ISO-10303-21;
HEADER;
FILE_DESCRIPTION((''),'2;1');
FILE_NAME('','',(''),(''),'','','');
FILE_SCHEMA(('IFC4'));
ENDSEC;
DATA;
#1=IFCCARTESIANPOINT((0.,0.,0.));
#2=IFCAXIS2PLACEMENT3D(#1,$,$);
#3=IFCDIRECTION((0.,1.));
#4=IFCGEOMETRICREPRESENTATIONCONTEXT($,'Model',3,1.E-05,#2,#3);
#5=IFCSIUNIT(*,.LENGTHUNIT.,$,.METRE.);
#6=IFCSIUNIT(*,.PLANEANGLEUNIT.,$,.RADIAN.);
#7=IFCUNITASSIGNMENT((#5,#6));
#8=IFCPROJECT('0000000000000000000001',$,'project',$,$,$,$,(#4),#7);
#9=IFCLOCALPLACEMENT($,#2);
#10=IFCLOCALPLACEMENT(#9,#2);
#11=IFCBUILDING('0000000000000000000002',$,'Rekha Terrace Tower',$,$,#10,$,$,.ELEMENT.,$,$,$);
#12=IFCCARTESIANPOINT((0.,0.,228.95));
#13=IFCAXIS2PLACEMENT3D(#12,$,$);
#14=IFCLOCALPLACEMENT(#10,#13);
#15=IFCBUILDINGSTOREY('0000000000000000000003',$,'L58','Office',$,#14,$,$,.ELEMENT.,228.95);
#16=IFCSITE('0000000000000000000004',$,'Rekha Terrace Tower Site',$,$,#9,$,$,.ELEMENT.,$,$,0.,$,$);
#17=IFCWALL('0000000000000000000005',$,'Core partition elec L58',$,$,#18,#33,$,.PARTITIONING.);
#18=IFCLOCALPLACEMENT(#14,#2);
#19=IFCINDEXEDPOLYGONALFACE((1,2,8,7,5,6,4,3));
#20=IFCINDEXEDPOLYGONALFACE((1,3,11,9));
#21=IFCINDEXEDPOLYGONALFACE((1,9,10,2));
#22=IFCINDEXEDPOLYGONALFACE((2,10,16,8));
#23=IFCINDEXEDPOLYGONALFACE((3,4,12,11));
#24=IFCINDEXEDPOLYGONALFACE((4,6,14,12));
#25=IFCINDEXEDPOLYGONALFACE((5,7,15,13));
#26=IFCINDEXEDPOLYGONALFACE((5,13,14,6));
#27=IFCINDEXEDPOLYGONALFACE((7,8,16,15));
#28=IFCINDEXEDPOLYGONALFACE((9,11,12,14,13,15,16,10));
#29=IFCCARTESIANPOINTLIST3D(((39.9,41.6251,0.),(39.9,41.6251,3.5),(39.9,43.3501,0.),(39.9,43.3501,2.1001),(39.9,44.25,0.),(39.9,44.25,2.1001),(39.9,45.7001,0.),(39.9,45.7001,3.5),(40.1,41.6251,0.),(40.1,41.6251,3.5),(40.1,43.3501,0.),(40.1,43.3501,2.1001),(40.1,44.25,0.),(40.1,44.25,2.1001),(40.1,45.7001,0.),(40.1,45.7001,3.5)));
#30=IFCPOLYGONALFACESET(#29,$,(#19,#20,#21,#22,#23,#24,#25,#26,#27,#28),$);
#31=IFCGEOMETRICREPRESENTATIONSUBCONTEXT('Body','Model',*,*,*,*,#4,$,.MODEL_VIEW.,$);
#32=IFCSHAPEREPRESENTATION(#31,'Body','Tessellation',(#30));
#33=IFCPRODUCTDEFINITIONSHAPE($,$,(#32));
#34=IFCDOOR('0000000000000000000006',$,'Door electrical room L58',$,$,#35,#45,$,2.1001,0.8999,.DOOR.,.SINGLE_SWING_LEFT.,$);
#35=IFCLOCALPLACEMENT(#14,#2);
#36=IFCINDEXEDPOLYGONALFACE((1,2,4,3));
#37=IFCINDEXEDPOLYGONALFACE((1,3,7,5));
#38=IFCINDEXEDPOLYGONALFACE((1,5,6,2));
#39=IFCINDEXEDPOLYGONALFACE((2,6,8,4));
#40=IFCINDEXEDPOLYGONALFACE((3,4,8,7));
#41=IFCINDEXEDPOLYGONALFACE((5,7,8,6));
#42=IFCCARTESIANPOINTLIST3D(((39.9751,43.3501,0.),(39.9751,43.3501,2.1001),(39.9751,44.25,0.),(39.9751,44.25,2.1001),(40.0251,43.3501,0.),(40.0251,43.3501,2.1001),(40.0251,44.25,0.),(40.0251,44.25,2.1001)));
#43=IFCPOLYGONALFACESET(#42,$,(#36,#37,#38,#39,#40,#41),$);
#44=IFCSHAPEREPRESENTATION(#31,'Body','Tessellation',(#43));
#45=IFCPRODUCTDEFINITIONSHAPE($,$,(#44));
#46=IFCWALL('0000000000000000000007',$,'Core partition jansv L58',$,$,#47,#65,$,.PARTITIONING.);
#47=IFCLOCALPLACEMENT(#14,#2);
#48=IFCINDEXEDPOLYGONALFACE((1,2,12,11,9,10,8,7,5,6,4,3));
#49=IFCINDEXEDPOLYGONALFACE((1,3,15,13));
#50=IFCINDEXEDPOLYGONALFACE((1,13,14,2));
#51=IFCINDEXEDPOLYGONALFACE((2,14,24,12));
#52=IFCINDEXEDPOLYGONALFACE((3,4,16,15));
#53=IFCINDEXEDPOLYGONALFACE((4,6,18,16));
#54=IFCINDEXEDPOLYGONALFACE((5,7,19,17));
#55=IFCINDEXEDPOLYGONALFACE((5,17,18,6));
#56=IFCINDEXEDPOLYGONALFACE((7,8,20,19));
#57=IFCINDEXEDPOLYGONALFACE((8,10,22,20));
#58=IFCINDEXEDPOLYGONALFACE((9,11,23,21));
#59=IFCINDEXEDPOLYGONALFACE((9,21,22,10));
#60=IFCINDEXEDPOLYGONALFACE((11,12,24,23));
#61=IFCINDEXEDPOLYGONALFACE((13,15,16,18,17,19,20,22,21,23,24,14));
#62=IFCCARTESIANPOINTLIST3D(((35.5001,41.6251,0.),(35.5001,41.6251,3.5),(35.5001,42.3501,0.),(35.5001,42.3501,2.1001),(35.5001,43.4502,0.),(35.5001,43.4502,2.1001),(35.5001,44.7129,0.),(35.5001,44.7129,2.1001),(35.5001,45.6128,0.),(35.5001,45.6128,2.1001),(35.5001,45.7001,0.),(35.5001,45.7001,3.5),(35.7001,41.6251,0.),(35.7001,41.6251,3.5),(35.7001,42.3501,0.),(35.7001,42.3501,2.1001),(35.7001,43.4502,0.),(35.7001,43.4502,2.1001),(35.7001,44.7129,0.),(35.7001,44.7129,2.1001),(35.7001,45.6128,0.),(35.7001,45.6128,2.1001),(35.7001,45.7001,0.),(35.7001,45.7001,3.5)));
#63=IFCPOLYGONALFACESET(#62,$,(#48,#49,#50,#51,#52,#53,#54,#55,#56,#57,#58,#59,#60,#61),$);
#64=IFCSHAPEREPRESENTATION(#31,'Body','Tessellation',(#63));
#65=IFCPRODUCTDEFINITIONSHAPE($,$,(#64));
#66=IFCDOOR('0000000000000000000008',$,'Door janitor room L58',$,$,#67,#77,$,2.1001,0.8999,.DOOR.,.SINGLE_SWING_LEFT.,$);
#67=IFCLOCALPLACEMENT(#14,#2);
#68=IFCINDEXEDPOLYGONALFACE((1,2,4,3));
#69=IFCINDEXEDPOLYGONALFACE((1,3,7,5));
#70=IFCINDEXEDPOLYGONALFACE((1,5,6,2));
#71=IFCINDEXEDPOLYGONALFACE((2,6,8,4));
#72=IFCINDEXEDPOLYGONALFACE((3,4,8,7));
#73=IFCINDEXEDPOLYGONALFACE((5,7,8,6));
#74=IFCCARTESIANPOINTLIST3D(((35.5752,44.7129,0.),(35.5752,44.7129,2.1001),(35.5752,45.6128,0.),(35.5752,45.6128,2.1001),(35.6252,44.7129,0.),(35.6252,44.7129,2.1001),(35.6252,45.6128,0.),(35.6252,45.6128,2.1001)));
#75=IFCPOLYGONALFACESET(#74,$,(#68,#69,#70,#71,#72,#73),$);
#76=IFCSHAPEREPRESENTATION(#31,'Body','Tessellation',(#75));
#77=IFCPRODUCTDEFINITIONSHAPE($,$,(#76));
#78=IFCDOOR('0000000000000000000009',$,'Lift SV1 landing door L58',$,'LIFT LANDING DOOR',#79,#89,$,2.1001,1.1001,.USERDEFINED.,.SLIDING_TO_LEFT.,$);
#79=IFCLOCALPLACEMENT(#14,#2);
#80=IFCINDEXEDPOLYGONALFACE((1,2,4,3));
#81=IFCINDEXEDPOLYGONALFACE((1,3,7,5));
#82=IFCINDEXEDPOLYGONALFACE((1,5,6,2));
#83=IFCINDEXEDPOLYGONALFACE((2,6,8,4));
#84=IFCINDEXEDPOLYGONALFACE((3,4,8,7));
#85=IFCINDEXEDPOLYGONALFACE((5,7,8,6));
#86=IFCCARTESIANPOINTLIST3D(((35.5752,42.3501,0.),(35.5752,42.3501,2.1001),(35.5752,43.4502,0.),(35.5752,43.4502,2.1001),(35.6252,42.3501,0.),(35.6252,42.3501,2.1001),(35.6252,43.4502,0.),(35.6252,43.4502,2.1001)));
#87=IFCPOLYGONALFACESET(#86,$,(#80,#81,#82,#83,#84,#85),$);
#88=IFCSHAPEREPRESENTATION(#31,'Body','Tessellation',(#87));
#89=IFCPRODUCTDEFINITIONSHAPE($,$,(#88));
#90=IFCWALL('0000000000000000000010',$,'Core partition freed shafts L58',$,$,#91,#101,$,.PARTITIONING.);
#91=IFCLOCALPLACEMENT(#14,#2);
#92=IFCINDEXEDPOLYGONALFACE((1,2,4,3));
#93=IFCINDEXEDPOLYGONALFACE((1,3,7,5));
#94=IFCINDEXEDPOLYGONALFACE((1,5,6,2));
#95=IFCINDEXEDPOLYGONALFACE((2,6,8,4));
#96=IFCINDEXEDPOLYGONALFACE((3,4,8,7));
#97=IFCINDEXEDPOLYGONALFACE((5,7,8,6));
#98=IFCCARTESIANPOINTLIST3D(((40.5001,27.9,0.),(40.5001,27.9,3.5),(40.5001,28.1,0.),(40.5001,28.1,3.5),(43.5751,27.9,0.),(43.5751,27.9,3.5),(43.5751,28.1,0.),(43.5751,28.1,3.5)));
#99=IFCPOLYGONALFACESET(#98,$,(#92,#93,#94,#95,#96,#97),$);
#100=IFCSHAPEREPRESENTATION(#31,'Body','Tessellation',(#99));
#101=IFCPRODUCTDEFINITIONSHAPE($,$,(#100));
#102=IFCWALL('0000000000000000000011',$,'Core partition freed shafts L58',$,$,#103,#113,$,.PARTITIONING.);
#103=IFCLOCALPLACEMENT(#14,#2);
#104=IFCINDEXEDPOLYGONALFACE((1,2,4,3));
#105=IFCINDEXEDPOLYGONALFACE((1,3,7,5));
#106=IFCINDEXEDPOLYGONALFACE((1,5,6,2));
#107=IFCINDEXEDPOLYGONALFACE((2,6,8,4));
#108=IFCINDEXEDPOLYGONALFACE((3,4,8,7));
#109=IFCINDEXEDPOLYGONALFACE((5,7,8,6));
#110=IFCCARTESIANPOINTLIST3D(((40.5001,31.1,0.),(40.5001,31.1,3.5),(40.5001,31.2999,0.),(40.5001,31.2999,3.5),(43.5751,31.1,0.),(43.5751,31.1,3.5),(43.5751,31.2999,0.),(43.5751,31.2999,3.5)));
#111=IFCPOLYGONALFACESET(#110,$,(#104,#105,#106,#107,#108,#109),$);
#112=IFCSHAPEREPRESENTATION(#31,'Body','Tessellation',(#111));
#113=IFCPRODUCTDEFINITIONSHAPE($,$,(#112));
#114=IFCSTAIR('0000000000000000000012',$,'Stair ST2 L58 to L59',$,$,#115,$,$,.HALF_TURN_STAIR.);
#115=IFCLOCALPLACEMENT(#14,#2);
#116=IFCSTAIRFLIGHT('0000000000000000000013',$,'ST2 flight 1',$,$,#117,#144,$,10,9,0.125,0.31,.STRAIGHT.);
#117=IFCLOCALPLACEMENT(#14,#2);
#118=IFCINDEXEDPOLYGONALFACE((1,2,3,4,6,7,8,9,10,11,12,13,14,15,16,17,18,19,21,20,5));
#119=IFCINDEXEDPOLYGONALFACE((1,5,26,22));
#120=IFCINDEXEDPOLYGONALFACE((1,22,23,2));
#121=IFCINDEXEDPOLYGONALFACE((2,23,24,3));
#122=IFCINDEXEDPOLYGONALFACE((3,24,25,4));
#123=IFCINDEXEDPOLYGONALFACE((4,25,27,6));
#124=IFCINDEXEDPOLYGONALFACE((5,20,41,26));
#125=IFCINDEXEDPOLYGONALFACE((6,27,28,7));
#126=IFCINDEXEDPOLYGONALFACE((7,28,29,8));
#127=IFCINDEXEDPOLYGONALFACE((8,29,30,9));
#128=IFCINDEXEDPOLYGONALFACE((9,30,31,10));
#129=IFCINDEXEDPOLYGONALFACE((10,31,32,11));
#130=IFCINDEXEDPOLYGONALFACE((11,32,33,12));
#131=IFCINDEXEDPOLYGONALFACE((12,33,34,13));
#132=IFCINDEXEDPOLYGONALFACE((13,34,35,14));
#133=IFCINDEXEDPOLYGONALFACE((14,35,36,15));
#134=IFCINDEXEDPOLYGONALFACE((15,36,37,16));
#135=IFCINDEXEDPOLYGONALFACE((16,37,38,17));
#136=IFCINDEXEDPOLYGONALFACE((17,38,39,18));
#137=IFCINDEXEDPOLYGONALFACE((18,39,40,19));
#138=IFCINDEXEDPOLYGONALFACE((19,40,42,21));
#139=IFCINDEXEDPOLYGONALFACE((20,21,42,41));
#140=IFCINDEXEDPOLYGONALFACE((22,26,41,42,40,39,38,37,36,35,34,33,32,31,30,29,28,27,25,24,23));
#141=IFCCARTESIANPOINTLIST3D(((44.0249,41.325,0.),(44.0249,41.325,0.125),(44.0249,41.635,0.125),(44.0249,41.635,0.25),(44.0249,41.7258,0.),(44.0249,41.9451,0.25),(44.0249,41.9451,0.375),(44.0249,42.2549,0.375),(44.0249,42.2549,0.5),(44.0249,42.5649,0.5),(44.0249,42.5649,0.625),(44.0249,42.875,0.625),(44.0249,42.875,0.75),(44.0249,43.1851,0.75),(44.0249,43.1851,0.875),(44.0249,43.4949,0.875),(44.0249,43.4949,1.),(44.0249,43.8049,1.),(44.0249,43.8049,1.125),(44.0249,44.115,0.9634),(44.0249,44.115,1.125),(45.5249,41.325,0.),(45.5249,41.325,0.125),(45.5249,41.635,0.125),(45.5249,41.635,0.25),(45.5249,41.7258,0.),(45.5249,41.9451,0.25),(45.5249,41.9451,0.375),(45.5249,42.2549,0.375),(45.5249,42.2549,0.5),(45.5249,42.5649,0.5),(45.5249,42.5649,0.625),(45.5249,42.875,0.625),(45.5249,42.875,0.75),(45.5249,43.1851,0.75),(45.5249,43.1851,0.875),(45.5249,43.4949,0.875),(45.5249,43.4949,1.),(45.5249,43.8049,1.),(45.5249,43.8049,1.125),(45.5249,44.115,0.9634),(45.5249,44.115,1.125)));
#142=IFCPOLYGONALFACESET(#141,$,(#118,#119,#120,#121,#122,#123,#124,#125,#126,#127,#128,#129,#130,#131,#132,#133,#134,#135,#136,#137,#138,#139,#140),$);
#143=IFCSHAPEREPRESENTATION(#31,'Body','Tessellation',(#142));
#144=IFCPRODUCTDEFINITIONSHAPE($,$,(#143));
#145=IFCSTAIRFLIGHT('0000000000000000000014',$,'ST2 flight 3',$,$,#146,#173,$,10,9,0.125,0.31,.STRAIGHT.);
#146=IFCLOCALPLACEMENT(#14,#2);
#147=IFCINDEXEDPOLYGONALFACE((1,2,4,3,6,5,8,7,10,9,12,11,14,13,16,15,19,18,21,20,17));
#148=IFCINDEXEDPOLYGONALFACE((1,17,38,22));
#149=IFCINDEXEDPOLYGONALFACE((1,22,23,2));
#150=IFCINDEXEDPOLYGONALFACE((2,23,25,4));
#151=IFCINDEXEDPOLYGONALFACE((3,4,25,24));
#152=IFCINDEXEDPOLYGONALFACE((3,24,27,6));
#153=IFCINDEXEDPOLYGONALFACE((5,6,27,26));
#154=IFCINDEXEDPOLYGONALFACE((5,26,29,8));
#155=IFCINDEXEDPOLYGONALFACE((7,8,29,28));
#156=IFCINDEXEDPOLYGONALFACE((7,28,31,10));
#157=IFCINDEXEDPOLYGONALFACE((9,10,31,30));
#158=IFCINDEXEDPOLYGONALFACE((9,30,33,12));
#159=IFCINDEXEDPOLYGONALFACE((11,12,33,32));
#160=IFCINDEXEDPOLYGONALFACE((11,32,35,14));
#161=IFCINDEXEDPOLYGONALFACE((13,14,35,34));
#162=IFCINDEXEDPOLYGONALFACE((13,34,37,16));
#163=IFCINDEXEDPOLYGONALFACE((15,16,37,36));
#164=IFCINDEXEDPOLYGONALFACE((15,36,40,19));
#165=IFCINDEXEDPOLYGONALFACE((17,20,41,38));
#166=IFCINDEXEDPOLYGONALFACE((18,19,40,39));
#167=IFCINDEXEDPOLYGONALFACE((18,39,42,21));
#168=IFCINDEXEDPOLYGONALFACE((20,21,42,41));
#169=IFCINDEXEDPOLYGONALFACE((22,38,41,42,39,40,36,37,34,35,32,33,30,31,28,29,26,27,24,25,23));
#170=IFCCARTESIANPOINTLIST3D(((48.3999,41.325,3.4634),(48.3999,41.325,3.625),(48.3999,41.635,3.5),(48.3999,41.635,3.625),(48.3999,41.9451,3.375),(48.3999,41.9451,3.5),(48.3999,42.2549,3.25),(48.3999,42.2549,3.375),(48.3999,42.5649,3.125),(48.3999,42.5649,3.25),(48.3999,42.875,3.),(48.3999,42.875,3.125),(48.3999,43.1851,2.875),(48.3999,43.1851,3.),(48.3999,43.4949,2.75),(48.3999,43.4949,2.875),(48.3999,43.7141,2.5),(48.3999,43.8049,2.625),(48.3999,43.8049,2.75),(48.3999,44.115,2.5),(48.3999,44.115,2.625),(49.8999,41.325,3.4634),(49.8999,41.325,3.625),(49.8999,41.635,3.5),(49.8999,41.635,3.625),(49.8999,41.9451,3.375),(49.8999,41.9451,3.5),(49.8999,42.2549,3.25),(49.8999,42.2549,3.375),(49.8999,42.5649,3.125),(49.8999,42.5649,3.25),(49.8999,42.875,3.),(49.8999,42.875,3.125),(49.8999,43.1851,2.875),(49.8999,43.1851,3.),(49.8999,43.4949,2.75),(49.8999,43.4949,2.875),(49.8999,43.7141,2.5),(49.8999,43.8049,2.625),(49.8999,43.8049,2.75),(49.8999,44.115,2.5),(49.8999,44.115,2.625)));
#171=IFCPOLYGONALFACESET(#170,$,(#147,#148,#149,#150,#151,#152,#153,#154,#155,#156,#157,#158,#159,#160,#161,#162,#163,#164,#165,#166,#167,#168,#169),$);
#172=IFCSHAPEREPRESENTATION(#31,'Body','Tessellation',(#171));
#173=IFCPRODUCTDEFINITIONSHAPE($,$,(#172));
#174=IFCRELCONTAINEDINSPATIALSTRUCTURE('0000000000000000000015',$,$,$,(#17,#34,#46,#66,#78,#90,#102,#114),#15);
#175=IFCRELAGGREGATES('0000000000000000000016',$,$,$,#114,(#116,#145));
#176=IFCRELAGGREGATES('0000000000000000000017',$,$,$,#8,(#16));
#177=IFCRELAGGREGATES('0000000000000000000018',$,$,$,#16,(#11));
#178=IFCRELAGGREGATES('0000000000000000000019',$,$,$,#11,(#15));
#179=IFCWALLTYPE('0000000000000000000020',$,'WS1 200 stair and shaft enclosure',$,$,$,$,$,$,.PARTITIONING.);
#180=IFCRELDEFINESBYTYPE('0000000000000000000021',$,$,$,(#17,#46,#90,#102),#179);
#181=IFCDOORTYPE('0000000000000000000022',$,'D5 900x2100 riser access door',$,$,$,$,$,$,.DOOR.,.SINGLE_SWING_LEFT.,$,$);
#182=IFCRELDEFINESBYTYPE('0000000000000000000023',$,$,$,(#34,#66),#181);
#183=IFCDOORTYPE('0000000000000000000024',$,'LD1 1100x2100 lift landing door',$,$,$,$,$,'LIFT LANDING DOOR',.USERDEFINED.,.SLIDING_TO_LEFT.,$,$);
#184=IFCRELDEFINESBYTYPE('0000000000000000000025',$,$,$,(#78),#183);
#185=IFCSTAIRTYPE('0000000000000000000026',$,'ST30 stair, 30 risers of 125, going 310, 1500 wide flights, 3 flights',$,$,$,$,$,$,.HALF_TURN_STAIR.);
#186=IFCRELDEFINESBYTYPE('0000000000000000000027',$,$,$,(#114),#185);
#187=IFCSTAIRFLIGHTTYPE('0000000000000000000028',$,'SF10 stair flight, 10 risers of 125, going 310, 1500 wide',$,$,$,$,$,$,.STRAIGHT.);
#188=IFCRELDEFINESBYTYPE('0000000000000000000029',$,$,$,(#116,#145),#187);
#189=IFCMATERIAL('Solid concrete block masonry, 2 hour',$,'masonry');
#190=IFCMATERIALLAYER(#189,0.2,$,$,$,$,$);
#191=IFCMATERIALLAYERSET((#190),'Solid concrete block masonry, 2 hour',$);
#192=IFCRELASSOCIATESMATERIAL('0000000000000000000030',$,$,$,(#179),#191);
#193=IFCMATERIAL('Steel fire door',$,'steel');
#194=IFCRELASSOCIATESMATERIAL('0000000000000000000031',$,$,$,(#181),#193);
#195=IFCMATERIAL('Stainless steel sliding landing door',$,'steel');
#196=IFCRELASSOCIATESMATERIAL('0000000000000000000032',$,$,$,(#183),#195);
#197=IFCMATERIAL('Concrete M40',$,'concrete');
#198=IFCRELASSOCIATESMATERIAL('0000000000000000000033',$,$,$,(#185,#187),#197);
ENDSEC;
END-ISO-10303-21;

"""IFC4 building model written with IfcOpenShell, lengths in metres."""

from ifc_helpers import new_model, si_unit, direction, frame, frame_2d, origin, place, context, subcontext, project, spatial, polyline, rectangle, outline, extrude, material, layer, layer_set, type_object, element, fill, aggregate, save


model = new_model("IFC4")

# Units and contexts
model_context = context("Model", 3, precision=1e-05, world=origin(), true_north=direction((0.0, 1.0)))
body_context = subcontext(model_context, "Body", "Model", "MODEL_VIEW")
ifc_project = project(units=[si_unit("LENGTHUNIT", "METRE"), si_unit("PLANEANGLEUNIT", "RADIAN")], contexts=[model_context])

# Site, building, storey
site_placement = place(None, origin())
site = spatial("IfcSite", under=ifc_project, at=site_placement, Name="Rekha Terrace Tower Site", CompositionType="ELEMENT", RefElevation=0.0)
building_placement = place(site_placement, origin())
building = spatial("IfcBuilding", under=site, at=building_placement, Name="Rekha Terrace Tower", CompositionType="ELEMENT")
storey_placement = place(building_placement, frame((0.0, 0.0, 228.95)))
storey = spatial("IfcBuildingStorey", under=building, at=storey_placement, Name="L58", Description="Office", CompositionType="ELEMENT", Elevation=228.95)

# Shared definitions
ifc_material_1 = material(Name="Stainless steel sliding landing door", Category="steel")
ifc_material_2 = material(Name="Steel fire door", Category="steel")

# Shared definitions
ifc_material_3 = material(Name="Solid concrete block masonry, 2 hour", Category="masonry")
ifc_layer_1 = layer(ifc_material_3, 0.2)
ifc_layer_set_1 = layer_set([ifc_layer_1], Name="Solid concrete block masonry, 2 hour")
wall_type_1 = type_object("IfcWallType", Name="WS1 200 stair and shaft enclosure", PredefinedType="PARTITIONING", material=ifc_layer_set_1)

# Wall, opening, door
wall_1_placement = place(storey_placement, frame((40.0, 41.625, 0.0), z_axis=(0.0, 0.0, 1.0), x_axis=(0.0, 1.0, 0.0)))
wall_1 = element("IfcWall", 1, at=wall_1_placement, inside=storey, type_object=wall_type_1, Name="Core partition elec L58", PredefinedType="PARTITIONING", context=body_context, shape_type="SweptSolid", body=[
    extrude(rectangle(XDim=4.075, YDim=0.2, at=frame_2d((2.0376, 0.0))), origin(), (0.0, 0.0, 1.0), 3.5),
])
opening_1_placement = place(wall_1_placement, frame((1.7251, 0.0, 0.0)))
opening_1 = element("IfcOpeningElement", 2, at=opening_1_placement, cuts=wall_1, PredefinedType="OPENING", context=body_context, shape_type="SweptSolid", body=[
    extrude(rectangle(XDim=0.8999, YDim=2.1001, at=frame_2d((0.45, 1.05))), frame((0.0, 0.1099, 0.0), z_axis=(0.0, -1.0, 0.0), x_axis=(1.0, 0.0, 0.0)), (0.0, 0.0, 1.0), 0.22),
])
door_type_1 = type_object("IfcDoorType", Name="D5 900x2100 riser access door", OperationType="SINGLE_SWING_LEFT", PredefinedType="DOOR", material=ifc_material_2)
door_1_placement = place(opening_1_placement, origin())
door_1 = element("IfcDoor", 3, at=door_1_placement, inside=storey, type_object=door_type_1, Name="Door electrical room L58", OperationType="SINGLE_SWING_LEFT", OverallHeight=2.1001, OverallWidth=0.8999, PredefinedType="DOOR", context=body_context, shape_type="SweptSolid", body=[
    extrude(rectangle(XDim=0.8999, YDim=2.1001, at=frame_2d((0.45, 1.05))), frame((0.0, 0.0249, 0.0), z_axis=(0.0, -1.0, 0.0), x_axis=(1.0, 0.0, 0.0)), (0.0, 0.0, 1.0), 0.05),
])
fill(opening_1, door_1)

# Wall, openings, doors
wall_2_placement = place(storey_placement, frame((35.6001, 41.625, 0.0), z_axis=(0.0, 0.0, 1.0), x_axis=(0.0, 1.0, 0.0)))
wall_2 = element("IfcWall", 4, at=wall_2_placement, inside=storey, type_object=wall_type_1, Name="Core partition jansv L58", PredefinedType="PARTITIONING", context=body_context, shape_type="SweptSolid", body=[
    extrude(rectangle(XDim=4.075, YDim=0.2, at=frame_2d((2.0376, 0.0))), origin(), (0.0, 0.0, 1.0), 3.5),
])
opening_2_placement = place(wall_2_placement, frame((3.0879, 0.0, 0.0)))
opening_2 = element("IfcOpeningElement", 5, at=opening_2_placement, cuts=wall_2, PredefinedType="OPENING", context=body_context, shape_type="SweptSolid", body=[
    extrude(rectangle(XDim=0.8999, YDim=2.1001, at=frame_2d((0.45, 1.05))), frame((0.0, 0.1099, 0.0), z_axis=(0.0, -1.0, 0.0), x_axis=(1.0, 0.0, 0.0)), (0.0, 0.0, 1.0), 0.22),
])
opening_3_placement = place(wall_2_placement, frame((0.7251, 0.0, 0.0)))
opening_3 = element("IfcOpeningElement", 6, at=opening_3_placement, cuts=wall_2, PredefinedType="OPENING", context=body_context, shape_type="SweptSolid", body=[
    extrude(rectangle(XDim=1.1001, YDim=2.1001, at=frame_2d((0.55, 1.05))), frame((0.0, 0.1099, 0.0), z_axis=(0.0, -1.0, 0.0), x_axis=(1.0, 0.0, 0.0)), (0.0, 0.0, 1.0), 0.22),
])
door_2_placement = place(opening_2_placement, origin())
door_2 = element("IfcDoor", 7, at=door_2_placement, inside=storey, type_object=door_type_1, Name="Door janitor room L58", OperationType="SINGLE_SWING_LEFT", OverallHeight=2.1001, OverallWidth=0.8999, PredefinedType="DOOR", context=body_context, shape_type="SweptSolid", body=[
    extrude(rectangle(XDim=0.8999, YDim=2.1001, at=frame_2d((0.45, 1.05))), frame((0.0, 0.0249, 0.0), z_axis=(0.0, -1.0, 0.0), x_axis=(1.0, 0.0, 0.0)), (0.0, 0.0, 1.0), 0.05),
])
fill(opening_2, door_2)
door_type_2 = type_object("IfcDoorType", Name="LD1 1100x2100 lift landing door", ElementType="LIFT LANDING DOOR", OperationType="SLIDING_TO_LEFT", PredefinedType="USERDEFINED", material=ifc_material_1)
door_3_placement = place(opening_3_placement, origin())
door_3 = element("IfcDoor", 8, at=door_3_placement, inside=storey, type_object=door_type_2, Name="Lift SV1 landing door L58", ObjectType="LIFT LANDING DOOR", OperationType="SLIDING_TO_LEFT", OverallHeight=2.1001, OverallWidth=1.1001, PredefinedType="USERDEFINED", context=body_context, shape_type="SweptSolid", body=[
    extrude(rectangle(XDim=1.1001, YDim=2.1001, at=frame_2d((0.55, 1.05))), frame((0.0, 0.0249, 0.0), z_axis=(0.0, -1.0, 0.0), x_axis=(1.0, 0.0, 0.0)), (0.0, 0.0, 1.0), 0.05),
])
fill(opening_3, door_3)

# Walls
for number, where, z_axis, x_axis, name in (
    (9, (40.5, 28.0, 0.0), (0.0, 0.0, 1.0), (1.0, 0.0, 0.0), "Core partition freed shafts L58"),
    (10, (40.5, 31.2, 0.0), (0.0, 0.0, 1.0), (1.0, 0.0, 0.0), "Core partition freed shafts L58"),
):
    element("IfcWall", number, at=place(storey_placement, frame(where, z_axis=z_axis, x_axis=x_axis)), inside=storey, type_object=wall_type_1, Name=name, PredefinedType="PARTITIONING", context=body_context, shape_type="SweptSolid", body=[
        extrude(rectangle(XDim=3.075, YDim=0.2, at=frame_2d((1.5376, 0.0))), origin(), (0.0, 0.0, 1.0), 3.5),
    ])

# Stair, stair flights
ifc_material_4 = material(Name="Concrete M40", Category="concrete")
stair_type = type_object("IfcStairType", Name="ST30 stair, 30 risers of 125, going 310, 1500 wide flights, 3 flights", PredefinedType="HALF_TURN_STAIR", material=ifc_material_4)
stair_placement = place(storey_placement, origin())
stair = element("IfcStair", 11, at=stair_placement, inside=storey, type_object=stair_type, Name="Stair ST2 L58 to L59", PredefinedType="HALF_TURN_STAIR")
stair_flight_type = type_object("IfcStairFlightType", Name="SF10 stair flight, 10 risers of 125, going 310, 1500 wide", PredefinedType="STRAIGHT", material=ifc_material_4)
stair_flight_1_placement = place(storey_placement, frame((44.7749, 41.325, 0.0), z_axis=(0.0, 0.0, 1.0), x_axis=(0.0, 1.0, 0.0)))
stair_flight_1 = element("IfcStairFlight", 12, at=stair_flight_1_placement, type_object=stair_flight_type, Name="ST2 flight 1", NumberOfRisers=10, NumberOfTreads=9, PredefinedType="STRAIGHT", RiserHeight=0.125, TreadLength=0.31, context=body_context, shape_type="SweptSolid", body=[
    extrude(outline(polyline([(0.0, 0.0), (0.0, 0.125), (0.3101, 0.125), (0.3101, 0.25), (0.6201, 0.25), (0.6201, 0.375), (0.9299, 0.375), (0.9299, 0.5), (1.24, 0.5), (1.24, 0.625), (1.55, 0.625), (1.55, 0.75), (1.8601, 0.75), (1.8601, 0.875), (2.1699, 0.875), (2.1699, 1.0), (2.48, 1.0), (2.48, 1.125), (2.79, 1.125), (2.79, 1.25), (2.79, 0.9634), (0.4009, 0.0), (0.0, 0.0)])), frame((0.0, 0.75, 0.0), z_axis=(0.0, -1.0, 0.0), x_axis=(1.0, 0.0, 0.0)), (0.0, 0.0, 1.0), 1.5),
])
stair_flight_2_placement = place(storey_placement, frame((49.1499, 44.115, 2.5), z_axis=(0.0, 0.0, 1.0), x_axis=(0.0, -1.0, 0.0)))
stair_flight_2 = element("IfcStairFlight", 13, at=stair_flight_2_placement, type_object=stair_flight_type, Name="ST2 flight 3", NumberOfRisers=10, NumberOfTreads=9, PredefinedType="STRAIGHT", RiserHeight=0.125, TreadLength=0.31, context=body_context, shape_type="SweptSolid", body=[
    extrude(outline(polyline([(0.0, 0.0), (0.0, 0.125), (0.3101, 0.125), (0.3101, 0.25), (0.6201, 0.25), (0.6201, 0.375), (0.9299, 0.375), (0.9299, 0.5), (1.24, 0.5), (1.24, 0.625), (1.55, 0.625), (1.55, 0.75), (1.8601, 0.75), (1.8601, 0.875), (2.1699, 0.875), (2.1699, 1.0), (2.48, 1.0), (2.48, 1.125), (2.79, 1.125), (2.79, 1.25), (2.79, 0.9634), (0.4009, 0.0), (0.0, 0.0)])), frame((0.0, 0.75, 0.0), z_axis=(0.0, -1.0, 0.0), x_axis=(1.0, 0.0, 0.0)), (0.0, 0.0, 1.0), 1.5),
])
aggregate(stair, [stair_flight_1, stair_flight_2])

save(model, "model.ifc")
